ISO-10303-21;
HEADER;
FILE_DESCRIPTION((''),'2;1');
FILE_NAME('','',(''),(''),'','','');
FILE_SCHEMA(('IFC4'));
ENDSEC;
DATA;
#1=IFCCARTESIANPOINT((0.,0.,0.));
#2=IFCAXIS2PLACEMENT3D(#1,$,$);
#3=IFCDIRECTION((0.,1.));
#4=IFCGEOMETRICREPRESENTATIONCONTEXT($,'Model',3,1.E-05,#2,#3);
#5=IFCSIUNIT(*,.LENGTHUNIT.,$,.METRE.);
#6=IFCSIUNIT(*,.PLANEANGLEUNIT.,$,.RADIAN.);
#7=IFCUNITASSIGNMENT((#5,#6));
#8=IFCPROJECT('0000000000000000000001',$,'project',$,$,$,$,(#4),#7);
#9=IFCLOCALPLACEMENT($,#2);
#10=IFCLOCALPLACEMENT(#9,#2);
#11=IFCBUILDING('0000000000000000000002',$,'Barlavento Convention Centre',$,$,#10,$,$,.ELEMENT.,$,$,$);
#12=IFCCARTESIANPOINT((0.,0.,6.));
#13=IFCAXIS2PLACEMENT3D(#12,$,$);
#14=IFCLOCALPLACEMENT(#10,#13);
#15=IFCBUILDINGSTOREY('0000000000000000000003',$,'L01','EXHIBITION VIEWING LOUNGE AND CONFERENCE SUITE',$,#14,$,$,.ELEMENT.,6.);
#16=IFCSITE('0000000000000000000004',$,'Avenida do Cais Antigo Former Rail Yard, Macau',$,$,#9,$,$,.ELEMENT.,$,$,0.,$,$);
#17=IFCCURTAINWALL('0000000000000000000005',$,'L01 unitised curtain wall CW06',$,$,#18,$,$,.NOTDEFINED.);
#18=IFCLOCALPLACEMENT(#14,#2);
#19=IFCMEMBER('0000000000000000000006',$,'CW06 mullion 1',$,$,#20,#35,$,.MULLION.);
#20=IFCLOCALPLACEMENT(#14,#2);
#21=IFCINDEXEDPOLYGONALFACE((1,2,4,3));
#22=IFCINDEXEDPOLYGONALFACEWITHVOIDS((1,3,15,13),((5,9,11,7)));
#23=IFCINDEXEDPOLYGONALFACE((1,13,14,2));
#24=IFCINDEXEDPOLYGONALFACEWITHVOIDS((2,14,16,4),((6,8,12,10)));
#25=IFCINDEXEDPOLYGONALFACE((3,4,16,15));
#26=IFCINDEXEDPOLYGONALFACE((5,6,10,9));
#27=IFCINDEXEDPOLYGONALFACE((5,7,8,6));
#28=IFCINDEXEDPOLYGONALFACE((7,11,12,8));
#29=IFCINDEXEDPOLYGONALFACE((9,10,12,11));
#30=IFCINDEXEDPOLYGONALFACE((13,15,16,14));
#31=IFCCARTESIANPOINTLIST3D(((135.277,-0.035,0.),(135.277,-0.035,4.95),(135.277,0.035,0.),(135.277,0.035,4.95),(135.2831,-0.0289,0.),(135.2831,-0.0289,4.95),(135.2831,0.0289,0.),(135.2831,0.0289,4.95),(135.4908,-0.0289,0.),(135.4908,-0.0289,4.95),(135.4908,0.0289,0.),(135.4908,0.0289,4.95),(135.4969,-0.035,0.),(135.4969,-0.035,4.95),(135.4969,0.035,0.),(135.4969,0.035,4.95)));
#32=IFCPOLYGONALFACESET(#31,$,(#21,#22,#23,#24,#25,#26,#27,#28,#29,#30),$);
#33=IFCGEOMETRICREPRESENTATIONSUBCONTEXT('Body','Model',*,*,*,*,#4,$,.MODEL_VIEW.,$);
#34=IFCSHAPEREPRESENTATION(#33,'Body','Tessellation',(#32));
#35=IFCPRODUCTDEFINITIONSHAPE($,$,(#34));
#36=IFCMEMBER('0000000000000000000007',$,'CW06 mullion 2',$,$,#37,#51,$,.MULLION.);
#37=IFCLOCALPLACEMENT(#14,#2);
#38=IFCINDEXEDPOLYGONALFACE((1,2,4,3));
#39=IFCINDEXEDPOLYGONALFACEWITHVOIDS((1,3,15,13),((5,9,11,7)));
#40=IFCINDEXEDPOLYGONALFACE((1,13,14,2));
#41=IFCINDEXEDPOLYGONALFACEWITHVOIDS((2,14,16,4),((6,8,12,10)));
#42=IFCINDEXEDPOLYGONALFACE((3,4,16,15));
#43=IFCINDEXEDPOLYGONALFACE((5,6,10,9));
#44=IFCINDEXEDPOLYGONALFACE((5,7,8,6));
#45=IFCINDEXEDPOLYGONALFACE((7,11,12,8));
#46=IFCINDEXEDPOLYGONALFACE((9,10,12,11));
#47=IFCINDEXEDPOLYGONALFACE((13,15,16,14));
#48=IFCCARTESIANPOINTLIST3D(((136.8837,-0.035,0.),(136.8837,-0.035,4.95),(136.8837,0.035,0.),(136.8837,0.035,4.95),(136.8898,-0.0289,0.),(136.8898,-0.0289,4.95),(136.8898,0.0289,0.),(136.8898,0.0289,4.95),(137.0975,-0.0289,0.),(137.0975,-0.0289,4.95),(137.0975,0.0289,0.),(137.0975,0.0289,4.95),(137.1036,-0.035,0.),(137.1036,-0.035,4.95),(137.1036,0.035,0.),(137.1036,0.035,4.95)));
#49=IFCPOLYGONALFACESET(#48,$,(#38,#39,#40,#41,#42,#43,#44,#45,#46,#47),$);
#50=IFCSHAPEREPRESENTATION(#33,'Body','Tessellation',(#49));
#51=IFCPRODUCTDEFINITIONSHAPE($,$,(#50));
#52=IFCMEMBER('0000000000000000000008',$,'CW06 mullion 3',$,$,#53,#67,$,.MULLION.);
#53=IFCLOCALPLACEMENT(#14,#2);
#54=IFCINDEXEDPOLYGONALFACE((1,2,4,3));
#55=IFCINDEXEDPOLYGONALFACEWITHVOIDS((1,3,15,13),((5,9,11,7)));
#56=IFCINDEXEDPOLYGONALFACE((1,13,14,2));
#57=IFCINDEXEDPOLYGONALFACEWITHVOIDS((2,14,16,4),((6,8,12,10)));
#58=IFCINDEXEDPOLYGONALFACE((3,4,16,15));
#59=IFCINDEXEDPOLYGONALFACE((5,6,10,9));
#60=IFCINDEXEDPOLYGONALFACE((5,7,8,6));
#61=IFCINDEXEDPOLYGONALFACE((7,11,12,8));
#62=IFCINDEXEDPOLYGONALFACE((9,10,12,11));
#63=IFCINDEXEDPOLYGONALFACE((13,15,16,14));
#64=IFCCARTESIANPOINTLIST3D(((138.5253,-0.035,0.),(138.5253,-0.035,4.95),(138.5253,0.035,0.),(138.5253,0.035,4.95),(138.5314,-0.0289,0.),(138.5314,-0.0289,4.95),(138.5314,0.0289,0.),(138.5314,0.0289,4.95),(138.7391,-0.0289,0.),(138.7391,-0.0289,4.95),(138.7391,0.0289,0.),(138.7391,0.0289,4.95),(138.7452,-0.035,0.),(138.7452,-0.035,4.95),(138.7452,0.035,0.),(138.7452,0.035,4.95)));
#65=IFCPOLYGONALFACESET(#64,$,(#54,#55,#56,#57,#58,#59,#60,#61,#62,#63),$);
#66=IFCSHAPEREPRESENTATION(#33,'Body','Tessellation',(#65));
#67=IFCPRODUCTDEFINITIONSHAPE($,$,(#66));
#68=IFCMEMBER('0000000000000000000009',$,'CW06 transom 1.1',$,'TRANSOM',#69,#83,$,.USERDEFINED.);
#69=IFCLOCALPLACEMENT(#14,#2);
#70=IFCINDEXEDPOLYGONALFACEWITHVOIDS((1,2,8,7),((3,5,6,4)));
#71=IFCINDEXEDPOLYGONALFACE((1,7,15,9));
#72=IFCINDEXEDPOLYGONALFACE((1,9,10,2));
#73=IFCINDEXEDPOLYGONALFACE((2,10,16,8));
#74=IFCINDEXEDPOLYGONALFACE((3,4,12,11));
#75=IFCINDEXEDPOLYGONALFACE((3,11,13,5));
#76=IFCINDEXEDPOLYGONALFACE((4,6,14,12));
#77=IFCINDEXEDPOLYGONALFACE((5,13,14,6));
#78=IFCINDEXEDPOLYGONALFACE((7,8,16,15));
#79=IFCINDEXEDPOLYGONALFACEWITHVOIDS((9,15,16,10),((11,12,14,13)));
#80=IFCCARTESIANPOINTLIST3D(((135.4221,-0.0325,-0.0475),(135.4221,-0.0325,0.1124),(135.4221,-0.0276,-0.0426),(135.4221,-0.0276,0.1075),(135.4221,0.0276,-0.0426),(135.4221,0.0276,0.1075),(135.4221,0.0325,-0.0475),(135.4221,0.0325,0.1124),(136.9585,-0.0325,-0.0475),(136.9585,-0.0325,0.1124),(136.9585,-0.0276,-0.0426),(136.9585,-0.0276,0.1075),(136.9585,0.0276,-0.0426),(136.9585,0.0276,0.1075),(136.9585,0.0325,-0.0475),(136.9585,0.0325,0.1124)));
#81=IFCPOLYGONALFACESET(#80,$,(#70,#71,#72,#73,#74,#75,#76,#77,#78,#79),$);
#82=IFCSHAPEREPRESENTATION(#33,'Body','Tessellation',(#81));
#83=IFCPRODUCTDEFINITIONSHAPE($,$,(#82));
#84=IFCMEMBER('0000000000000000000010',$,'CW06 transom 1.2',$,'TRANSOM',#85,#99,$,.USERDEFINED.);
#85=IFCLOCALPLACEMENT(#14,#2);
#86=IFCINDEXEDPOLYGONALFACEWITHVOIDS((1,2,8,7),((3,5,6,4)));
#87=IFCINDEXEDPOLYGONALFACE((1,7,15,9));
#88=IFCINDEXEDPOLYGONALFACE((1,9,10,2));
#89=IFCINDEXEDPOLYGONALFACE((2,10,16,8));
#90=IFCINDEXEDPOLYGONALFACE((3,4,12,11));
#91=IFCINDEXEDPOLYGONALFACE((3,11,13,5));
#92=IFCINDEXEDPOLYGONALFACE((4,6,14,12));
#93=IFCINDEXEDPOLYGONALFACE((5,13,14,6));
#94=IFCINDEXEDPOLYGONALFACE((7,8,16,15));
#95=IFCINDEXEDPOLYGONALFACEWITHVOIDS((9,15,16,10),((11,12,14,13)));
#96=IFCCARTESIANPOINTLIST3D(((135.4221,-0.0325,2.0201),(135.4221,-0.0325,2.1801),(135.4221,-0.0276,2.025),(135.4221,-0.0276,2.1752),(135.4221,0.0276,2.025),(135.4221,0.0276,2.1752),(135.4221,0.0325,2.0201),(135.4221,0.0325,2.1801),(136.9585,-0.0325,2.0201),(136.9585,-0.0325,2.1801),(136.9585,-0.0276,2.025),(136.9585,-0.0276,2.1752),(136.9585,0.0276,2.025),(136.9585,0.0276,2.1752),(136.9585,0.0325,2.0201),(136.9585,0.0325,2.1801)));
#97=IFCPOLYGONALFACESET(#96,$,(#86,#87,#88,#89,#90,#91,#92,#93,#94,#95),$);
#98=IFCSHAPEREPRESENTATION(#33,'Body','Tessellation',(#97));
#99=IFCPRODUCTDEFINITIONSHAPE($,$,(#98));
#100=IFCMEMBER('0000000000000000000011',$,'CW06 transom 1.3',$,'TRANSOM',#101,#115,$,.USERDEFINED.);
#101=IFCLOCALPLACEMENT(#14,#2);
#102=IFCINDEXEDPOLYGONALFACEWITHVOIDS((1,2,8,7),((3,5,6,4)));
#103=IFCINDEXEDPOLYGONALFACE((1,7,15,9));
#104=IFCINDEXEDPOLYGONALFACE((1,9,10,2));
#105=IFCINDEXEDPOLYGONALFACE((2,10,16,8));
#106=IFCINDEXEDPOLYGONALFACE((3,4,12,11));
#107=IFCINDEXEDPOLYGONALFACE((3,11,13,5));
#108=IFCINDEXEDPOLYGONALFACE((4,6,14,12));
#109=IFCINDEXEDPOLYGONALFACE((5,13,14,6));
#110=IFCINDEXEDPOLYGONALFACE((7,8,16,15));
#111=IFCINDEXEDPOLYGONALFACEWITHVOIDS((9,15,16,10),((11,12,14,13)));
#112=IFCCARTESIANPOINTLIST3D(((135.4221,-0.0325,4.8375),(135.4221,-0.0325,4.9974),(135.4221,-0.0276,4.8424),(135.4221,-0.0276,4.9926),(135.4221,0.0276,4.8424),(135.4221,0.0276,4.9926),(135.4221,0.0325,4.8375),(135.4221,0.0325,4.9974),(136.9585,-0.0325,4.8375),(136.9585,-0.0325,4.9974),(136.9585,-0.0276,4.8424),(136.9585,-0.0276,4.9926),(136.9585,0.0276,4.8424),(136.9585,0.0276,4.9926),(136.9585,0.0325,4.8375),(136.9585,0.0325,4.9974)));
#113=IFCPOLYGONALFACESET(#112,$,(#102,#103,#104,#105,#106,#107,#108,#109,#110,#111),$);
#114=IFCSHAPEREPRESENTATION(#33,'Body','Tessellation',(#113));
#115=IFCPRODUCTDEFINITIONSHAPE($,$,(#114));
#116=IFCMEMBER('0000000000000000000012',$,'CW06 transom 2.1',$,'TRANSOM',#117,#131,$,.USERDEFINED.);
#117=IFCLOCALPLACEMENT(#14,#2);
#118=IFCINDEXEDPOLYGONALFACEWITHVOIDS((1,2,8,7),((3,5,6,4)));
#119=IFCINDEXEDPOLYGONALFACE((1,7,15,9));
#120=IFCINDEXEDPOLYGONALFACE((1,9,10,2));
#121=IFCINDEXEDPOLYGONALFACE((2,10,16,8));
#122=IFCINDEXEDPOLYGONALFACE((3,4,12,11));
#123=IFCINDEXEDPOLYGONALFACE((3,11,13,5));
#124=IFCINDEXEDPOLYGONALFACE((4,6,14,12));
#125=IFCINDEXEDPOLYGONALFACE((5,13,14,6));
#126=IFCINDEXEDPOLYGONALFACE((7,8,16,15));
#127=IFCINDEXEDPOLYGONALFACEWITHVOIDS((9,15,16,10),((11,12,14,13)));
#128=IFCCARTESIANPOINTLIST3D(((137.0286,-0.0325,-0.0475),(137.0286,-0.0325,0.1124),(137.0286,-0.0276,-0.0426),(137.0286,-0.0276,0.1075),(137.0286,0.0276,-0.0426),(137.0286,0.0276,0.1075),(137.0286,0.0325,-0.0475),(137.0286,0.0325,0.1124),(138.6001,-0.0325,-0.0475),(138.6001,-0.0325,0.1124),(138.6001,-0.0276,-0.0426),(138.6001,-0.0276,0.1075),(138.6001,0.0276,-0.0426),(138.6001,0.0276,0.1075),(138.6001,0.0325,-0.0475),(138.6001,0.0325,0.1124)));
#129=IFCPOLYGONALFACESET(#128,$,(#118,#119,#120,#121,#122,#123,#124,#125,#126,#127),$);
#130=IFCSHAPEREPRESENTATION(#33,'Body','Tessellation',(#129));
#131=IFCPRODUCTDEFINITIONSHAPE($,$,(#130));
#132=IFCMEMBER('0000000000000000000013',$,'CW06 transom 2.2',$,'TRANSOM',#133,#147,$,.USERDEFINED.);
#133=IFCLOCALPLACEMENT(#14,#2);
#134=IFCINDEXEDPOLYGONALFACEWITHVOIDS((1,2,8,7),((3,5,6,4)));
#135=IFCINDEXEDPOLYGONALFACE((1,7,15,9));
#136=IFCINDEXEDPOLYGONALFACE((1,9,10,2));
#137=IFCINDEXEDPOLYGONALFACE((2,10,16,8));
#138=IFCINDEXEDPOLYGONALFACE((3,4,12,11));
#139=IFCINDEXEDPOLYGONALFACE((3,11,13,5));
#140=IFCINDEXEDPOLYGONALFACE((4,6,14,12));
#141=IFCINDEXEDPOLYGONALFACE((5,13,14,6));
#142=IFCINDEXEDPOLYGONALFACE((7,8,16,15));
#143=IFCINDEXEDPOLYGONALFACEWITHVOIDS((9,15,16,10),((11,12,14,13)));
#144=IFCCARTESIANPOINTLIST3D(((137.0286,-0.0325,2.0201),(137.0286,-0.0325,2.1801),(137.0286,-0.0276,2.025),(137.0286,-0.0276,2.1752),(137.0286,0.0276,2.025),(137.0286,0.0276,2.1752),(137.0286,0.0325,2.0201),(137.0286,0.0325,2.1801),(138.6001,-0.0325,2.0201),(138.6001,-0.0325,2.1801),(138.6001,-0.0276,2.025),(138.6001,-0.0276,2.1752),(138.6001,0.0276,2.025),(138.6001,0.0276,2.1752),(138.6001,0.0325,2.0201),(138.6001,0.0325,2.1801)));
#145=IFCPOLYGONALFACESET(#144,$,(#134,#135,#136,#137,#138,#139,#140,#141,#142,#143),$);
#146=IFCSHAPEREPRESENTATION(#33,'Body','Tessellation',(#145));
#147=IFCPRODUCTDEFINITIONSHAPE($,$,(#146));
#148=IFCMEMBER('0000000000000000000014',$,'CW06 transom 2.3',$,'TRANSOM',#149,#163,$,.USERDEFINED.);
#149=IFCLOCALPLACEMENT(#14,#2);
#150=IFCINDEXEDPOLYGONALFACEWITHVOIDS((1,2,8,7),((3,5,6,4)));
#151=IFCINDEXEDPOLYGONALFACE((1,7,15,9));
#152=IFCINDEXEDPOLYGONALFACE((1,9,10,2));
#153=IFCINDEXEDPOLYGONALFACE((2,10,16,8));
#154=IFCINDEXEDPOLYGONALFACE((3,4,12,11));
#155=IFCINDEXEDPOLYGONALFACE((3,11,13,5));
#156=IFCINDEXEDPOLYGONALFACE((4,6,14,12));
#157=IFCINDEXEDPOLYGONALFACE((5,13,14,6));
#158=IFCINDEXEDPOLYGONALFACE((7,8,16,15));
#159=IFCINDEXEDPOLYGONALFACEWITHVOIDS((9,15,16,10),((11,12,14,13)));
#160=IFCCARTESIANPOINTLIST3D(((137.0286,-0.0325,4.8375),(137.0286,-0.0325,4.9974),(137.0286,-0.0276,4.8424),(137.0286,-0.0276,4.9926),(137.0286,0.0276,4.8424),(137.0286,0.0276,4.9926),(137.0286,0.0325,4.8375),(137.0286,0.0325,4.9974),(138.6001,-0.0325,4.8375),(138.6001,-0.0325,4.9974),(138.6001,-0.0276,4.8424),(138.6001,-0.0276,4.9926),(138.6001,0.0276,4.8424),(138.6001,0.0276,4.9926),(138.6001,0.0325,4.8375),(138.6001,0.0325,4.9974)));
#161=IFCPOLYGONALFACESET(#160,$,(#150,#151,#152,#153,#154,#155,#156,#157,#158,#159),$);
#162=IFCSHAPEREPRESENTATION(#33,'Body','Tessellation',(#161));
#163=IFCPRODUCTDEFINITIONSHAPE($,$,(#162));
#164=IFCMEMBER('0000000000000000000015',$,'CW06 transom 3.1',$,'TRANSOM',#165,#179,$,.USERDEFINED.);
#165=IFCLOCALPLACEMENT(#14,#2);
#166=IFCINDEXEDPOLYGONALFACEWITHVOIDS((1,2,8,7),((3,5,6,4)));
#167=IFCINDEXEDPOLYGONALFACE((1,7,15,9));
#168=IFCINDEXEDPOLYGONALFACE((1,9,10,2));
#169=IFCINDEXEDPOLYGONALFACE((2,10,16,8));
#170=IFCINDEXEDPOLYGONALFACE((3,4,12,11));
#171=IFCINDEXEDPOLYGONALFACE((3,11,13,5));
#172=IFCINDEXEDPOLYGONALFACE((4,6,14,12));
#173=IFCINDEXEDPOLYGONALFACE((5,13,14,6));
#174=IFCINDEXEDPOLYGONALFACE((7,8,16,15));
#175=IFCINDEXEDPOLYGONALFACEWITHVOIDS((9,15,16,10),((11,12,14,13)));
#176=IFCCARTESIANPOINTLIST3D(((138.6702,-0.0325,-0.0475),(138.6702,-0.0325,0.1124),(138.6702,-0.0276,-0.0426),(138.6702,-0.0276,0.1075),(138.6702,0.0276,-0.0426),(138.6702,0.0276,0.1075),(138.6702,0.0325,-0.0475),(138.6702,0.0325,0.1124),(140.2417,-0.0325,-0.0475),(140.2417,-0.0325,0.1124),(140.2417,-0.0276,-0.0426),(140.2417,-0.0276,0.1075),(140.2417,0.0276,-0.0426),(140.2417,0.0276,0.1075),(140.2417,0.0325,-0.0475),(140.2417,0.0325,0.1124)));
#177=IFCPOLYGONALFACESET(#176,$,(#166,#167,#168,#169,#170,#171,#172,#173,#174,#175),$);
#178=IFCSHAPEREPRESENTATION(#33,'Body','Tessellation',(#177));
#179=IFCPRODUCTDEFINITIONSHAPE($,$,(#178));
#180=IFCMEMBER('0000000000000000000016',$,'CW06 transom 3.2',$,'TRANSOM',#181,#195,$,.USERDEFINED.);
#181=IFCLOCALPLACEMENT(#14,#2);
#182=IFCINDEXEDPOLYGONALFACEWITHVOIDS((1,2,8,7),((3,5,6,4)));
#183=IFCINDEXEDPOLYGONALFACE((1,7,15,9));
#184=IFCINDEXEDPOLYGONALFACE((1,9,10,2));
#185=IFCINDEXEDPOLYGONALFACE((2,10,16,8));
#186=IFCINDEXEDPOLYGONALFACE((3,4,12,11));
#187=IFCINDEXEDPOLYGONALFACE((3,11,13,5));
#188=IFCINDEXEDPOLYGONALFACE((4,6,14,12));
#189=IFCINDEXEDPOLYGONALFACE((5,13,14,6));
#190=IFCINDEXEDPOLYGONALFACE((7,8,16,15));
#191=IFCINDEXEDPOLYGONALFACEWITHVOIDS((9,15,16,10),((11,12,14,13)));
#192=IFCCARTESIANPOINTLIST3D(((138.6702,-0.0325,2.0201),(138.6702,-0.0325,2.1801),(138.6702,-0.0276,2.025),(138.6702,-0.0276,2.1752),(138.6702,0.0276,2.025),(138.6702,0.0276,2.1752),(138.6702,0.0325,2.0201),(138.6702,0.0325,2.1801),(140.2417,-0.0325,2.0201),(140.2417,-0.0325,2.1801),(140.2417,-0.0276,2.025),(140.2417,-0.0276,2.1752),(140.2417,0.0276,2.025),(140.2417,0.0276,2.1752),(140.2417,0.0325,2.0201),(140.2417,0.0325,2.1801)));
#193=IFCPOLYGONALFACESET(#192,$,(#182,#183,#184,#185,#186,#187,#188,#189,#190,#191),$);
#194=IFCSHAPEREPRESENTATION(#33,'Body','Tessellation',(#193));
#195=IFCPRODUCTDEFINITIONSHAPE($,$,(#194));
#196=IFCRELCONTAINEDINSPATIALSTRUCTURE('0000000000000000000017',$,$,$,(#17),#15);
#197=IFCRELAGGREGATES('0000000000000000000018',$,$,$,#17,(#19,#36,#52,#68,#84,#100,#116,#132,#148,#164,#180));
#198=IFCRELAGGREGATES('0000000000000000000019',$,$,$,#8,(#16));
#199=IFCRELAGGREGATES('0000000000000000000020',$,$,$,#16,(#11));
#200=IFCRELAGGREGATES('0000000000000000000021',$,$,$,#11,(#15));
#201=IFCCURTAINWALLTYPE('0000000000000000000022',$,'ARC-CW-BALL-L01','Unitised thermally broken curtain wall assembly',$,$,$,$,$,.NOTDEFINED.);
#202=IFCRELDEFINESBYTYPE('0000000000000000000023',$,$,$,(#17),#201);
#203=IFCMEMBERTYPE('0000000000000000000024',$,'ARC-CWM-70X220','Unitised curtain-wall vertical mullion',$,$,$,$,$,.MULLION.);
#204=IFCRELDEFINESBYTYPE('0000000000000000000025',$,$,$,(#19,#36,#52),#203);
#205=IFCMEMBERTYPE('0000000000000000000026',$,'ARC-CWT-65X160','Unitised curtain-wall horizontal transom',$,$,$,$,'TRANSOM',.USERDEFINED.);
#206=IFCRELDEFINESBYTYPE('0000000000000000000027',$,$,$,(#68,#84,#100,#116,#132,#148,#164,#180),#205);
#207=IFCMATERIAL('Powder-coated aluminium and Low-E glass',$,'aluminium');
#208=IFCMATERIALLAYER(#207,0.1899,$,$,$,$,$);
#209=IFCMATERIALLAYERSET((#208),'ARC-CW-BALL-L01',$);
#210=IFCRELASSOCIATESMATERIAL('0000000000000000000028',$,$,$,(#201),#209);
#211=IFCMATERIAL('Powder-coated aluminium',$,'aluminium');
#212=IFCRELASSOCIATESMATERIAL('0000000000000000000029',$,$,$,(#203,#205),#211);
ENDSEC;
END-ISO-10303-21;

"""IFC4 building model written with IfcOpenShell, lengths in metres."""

from ifc_helpers import new_model, si_unit, direction, frame, origin, origin_2d, place, context, subcontext, project, spatial, hollow_rectangle, extrude, material, layer, layer_set, material_profile, profile_set, type_object, element, aggregate, save


model = new_model("IFC4")

# Units and contexts
model_context = context("Model", 3, precision=1e-05, world=origin(), true_north=direction((0.0, 1.0)))
body_context = subcontext(model_context, "Body", "Model", "MODEL_VIEW")
ifc_project = project(units=[si_unit("LENGTHUNIT", "METRE"), si_unit("PLANEANGLEUNIT", "RADIAN")], contexts=[model_context])

# Site, building, storey
site_placement = place(None, origin())
site = spatial("IfcSite", under=ifc_project, at=site_placement, Name="Avenida do Cais Antigo Former Rail Yard, Macau", CompositionType="ELEMENT", RefElevation=0.0)
building_placement = place(site_placement, origin())
building = spatial("IfcBuilding", under=site, at=building_placement, Name="Barlavento Convention Centre", CompositionType="ELEMENT")
storey_placement = place(building_placement, frame((0.0, 0.0, 6.0)))
storey = spatial("IfcBuildingStorey", under=building, at=storey_placement, Name="L01", Description="EXHIBITION VIEWING LOUNGE AND CONFERENCE SUITE", CompositionType="ELEMENT", Elevation=6.0)

# Curtain wall, members
ifc_material_1 = material(Name="Powder-coated aluminium and Low-E glass", Category="aluminium")
ifc_layer_1 = layer(ifc_material_1, 0.1899)
ifc_layer_set_1 = layer_set([ifc_layer_1], Name="ARC-CW-BALL-L01")
curtain_wall_type = type_object("IfcCurtainWallType", Name="ARC-CW-BALL-L01", Description="Unitised thermally broken curtain wall assembly", PredefinedType="NOTDEFINED", material=ifc_layer_set_1)
curtain_wall_placement = place(storey_placement, origin())
curtain_wall = element("IfcCurtainWall", 1, at=curtain_wall_placement, inside=storey, type_object=curtain_wall_type, Name="L01 unitised curtain wall CW06", PredefinedType="NOTDEFINED")
ifc_material_2 = material(Name="Powder-coated aluminium", Category="aluminium")
ifc_material_profile_1 = material_profile(ifc_material_2, hollow_rectangle(XDim=0.0701, YDim=0.22, WallThickness=0.0061, at=origin_2d()), Name="AL-MULL 70x220x6")
ifc_profile_set_1 = profile_set([ifc_material_profile_1], Name="Powder-coated aluminium")
member_type_1 = type_object("IfcMemberType", Name="ARC-CWM-70X220", Description="Unitised curtain-wall vertical mullion", PredefinedType="MULLION", material=ifc_profile_set_1)
member_1_placement = place(storey_placement, frame((135.387, 0.0, 0.0), z_axis=(0.0, 0.0, 1.0), x_axis=(0.0, 1.0, 0.0)))
member_1 = element("IfcMember", 2, at=member_1_placement, type_object=member_type_1, Name="CW06 mullion 1", PredefinedType="MULLION", context=body_context, shape_type="SweptSolid", body=[
    extrude(hollow_rectangle(XDim=0.0701, YDim=0.22, WallThickness=0.0061, at=origin_2d()), origin(), (0.0, 0.0, 1.0), 4.95),
])
member_2_placement = place(storey_placement, frame((136.9937, 0.0, 0.0), z_axis=(0.0, 0.0, 1.0), x_axis=(0.0, 1.0, 0.0)))
member_2 = element("IfcMember", 3, at=member_2_placement, type_object=member_type_1, Name="CW06 mullion 2", PredefinedType="MULLION", context=body_context, shape_type="SweptSolid", body=[
    extrude(hollow_rectangle(XDim=0.0701, YDim=0.22, WallThickness=0.0061, at=origin_2d()), origin(), (0.0, 0.0, 1.0), 4.95),
])
member_3_placement = place(storey_placement, frame((138.6353, 0.0, 0.0), z_axis=(0.0, 0.0, 1.0), x_axis=(0.0, 1.0, 0.0)))
member_3 = element("IfcMember", 4, at=member_3_placement, type_object=member_type_1, Name="CW06 mullion 3", PredefinedType="MULLION", context=body_context, shape_type="SweptSolid", body=[
    extrude(hollow_rectangle(XDim=0.0701, YDim=0.22, WallThickness=0.0061, at=origin_2d()), origin(), (0.0, 0.0, 1.0), 4.95),
])
ifc_material_profile_2 = material_profile(ifc_material_2, hollow_rectangle(XDim=0.0649, YDim=0.1599, WallThickness=0.0049, at=origin_2d()), Name="AL-TRAN 65x160x5")
ifc_profile_set_2 = profile_set([ifc_material_profile_2], Name="Powder-coated aluminium")
member_type_2 = type_object("IfcMemberType", Name="ARC-CWT-65X160", Description="Unitised curtain-wall horizontal transom", ElementType="TRANSOM", PredefinedType="USERDEFINED", material=ifc_profile_set_2)
member_4_placement = place(storey_placement, frame((135.4221, 0.0, 0.0325), z_axis=(1.0, 0.0, 0.0), x_axis=(0.0, 1.0, 0.0)))
member_4 = element("IfcMember", 5, at=member_4_placement, type_object=member_type_2, Name="CW06 transom 1.1", ObjectType="TRANSOM", PredefinedType="USERDEFINED", context=body_context, shape_type="SweptSolid", body=[
    extrude(hollow_rectangle(XDim=0.0649, YDim=0.1599, WallThickness=0.0049, at=origin_2d()), origin(), (0.0, 0.0, 1.0), 1.5364),
])
member_5_placement = place(storey_placement, frame((135.4221, 0.0, 2.1001), z_axis=(1.0, 0.0, 0.0), x_axis=(0.0, 1.0, 0.0)))
member_5 = element("IfcMember", 6, at=member_5_placement, type_object=member_type_2, Name="CW06 transom 1.2", ObjectType="TRANSOM", PredefinedType="USERDEFINED", context=body_context, shape_type="SweptSolid", body=[
    extrude(hollow_rectangle(XDim=0.0649, YDim=0.1599, WallThickness=0.0049, at=origin_2d()), origin(), (0.0, 0.0, 1.0), 1.5364),
])
member_6_placement = place(storey_placement, frame((135.4221, 0.0, 4.9175), z_axis=(1.0, 0.0, 0.0), x_axis=(0.0, 1.0, 0.0)))
member_6 = element("IfcMember", 7, at=member_6_placement, type_object=member_type_2, Name="CW06 transom 1.3", ObjectType="TRANSOM", PredefinedType="USERDEFINED", context=body_context, shape_type="SweptSolid", body=[
    extrude(hollow_rectangle(XDim=0.0649, YDim=0.1599, WallThickness=0.0049, at=origin_2d()), origin(), (0.0, 0.0, 1.0), 1.5364),
])
member_7_placement = place(storey_placement, frame((137.0286, 0.0, 0.0325), z_axis=(1.0, 0.0, 0.0), x_axis=(0.0, 1.0, 0.0)))
member_7 = element("IfcMember", 8, at=member_7_placement, type_object=member_type_2, Name="CW06 transom 2.1", ObjectType="TRANSOM", PredefinedType="USERDEFINED", context=body_context, shape_type="SweptSolid", body=[
    extrude(hollow_rectangle(XDim=0.0649, YDim=0.1599, WallThickness=0.0049, at=origin_2d()), origin(), (0.0, 0.0, 1.0), 1.5715),
])
member_8_placement = place(storey_placement, frame((137.0286, 0.0, 2.1001), z_axis=(1.0, 0.0, 0.0), x_axis=(0.0, 1.0, 0.0)))
member_8 = element("IfcMember", 9, at=member_8_placement, type_object=member_type_2, Name="CW06 transom 2.2", ObjectType="TRANSOM", PredefinedType="USERDEFINED", context=body_context, shape_type="SweptSolid", body=[
    extrude(hollow_rectangle(XDim=0.0649, YDim=0.1599, WallThickness=0.0049, at=origin_2d()), origin(), (0.0, 0.0, 1.0), 1.5715),
])
member_9_placement = place(storey_placement, frame((137.0286, 0.0, 4.9175), z_axis=(1.0, 0.0, 0.0), x_axis=(0.0, 1.0, 0.0)))
member_9 = element("IfcMember", 10, at=member_9_placement, type_object=member_type_2, Name="CW06 transom 2.3", ObjectType="TRANSOM", PredefinedType="USERDEFINED", context=body_context, shape_type="SweptSolid", body=[
    extrude(hollow_rectangle(XDim=0.0649, YDim=0.1599, WallThickness=0.0049, at=origin_2d()), origin(), (0.0, 0.0, 1.0), 1.5715),
])
member_10_placement = place(storey_placement, frame((138.6702, 0.0, 0.0325), z_axis=(1.0, 0.0, 0.0), x_axis=(0.0, 1.0, 0.0)))
member_10 = element("IfcMember", 11, at=member_10_placement, type_object=member_type_2, Name="CW06 transom 3.1", ObjectType="TRANSOM", PredefinedType="USERDEFINED", context=body_context, shape_type="SweptSolid", body=[
    extrude(hollow_rectangle(XDim=0.0649, YDim=0.1599, WallThickness=0.0049, at=origin_2d()), origin(), (0.0, 0.0, 1.0), 1.5715),
])
member_11_placement = place(storey_placement, frame((138.6702, 0.0, 2.1001), z_axis=(1.0, 0.0, 0.0), x_axis=(0.0, 1.0, 0.0)))
member_11 = element("IfcMember", 12, at=member_11_placement, type_object=member_type_2, Name="CW06 transom 3.2", ObjectType="TRANSOM", PredefinedType="USERDEFINED", context=body_context, shape_type="SweptSolid", body=[
    extrude(hollow_rectangle(XDim=0.0649, YDim=0.1599, WallThickness=0.0049, at=origin_2d()), origin(), (0.0, 0.0, 1.0), 1.5715),
])

aggregate(curtain_wall, [member_1, member_2, member_3, member_4, member_5, member_6, member_7, member_8, member_9, member_10, member_11])

save(model, "model.ifc")
